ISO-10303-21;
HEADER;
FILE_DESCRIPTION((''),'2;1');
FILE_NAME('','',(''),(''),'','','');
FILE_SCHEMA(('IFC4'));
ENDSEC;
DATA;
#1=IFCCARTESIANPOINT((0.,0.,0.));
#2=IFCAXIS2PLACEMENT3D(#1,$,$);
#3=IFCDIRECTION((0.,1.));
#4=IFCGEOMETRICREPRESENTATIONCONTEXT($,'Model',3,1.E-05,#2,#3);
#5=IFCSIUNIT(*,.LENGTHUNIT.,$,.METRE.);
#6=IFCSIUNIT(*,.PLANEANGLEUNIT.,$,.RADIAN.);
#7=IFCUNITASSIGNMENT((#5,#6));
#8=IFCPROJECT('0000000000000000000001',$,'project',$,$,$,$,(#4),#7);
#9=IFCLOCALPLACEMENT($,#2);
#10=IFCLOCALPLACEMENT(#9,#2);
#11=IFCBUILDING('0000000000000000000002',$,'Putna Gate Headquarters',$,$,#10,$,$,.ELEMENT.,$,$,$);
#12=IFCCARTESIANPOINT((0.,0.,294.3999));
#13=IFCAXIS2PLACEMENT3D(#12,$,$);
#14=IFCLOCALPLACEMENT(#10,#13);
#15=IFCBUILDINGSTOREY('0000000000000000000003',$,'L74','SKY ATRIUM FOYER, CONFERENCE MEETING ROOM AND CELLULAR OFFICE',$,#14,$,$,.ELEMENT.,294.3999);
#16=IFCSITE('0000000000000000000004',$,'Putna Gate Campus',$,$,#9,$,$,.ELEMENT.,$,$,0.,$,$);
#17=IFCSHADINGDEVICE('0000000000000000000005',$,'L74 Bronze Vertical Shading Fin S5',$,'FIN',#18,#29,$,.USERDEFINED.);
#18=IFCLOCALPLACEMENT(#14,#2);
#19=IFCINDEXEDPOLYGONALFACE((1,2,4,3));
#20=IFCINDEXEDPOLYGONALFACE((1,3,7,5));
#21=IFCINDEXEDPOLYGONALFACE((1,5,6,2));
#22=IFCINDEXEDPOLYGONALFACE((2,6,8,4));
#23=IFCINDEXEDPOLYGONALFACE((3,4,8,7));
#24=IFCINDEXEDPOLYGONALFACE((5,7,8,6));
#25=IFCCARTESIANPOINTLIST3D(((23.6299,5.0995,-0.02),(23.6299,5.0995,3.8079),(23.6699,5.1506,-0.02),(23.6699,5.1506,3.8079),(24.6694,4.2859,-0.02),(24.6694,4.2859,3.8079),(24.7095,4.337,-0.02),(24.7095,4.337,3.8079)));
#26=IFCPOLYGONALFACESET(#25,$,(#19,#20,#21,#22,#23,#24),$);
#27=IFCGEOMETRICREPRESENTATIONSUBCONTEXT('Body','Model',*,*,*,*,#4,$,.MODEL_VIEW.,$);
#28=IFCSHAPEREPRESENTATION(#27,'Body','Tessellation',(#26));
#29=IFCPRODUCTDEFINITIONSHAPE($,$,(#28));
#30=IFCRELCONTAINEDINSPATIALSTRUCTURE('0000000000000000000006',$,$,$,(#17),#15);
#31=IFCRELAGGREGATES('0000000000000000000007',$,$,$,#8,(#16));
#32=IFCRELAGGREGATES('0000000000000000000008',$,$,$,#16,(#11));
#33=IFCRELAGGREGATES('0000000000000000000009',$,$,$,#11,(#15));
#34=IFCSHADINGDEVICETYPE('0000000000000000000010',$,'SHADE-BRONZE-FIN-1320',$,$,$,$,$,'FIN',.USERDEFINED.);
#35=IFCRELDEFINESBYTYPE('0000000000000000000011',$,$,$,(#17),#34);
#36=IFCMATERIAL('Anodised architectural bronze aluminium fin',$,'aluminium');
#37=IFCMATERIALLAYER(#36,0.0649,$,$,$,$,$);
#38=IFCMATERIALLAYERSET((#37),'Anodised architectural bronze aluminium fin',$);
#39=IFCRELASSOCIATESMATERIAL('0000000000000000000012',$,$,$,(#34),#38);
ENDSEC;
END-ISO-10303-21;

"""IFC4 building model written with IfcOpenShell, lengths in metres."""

from ifc_helpers import new_model, si_unit, direction, frame, origin, origin_2d, place, context, subcontext, project, spatial, rectangle, extrude, material, layer, layer_set, type_object, element, save


model = new_model("IFC4")

# Units and contexts
model_context = context("Model", 3, precision=1e-05, world=origin(), true_north=direction((0.0, 1.0)))
body_context = subcontext(model_context, "Body", "Model", "MODEL_VIEW")
ifc_project = project(units=[si_unit("LENGTHUNIT", "METRE"), si_unit("PLANEANGLEUNIT", "RADIAN")], contexts=[model_context])

# Site, building, storey
site_placement = place(None, origin())
site = spatial("IfcSite", under=ifc_project, at=site_placement, Name="Putna Gate Campus", CompositionType="ELEMENT", RefElevation=0.0)
building_placement = place(site_placement, origin())
building = spatial("IfcBuilding", under=site, at=building_placement, Name="Putna Gate Headquarters", CompositionType="ELEMENT")
storey_placement = place(building_placement, frame((0.0, 0.0, 294.3999)))
storey = spatial("IfcBuildingStorey", under=building, at=storey_placement, Name="L74", Description="SKY ATRIUM FOYER, CONFERENCE MEETING ROOM AND CELLULAR OFFICE", CompositionType="ELEMENT", Elevation=294.3999)

# Shading device
ifc_material_1 = material(Name="Anodised architectural bronze aluminium fin", Category="aluminium")
ifc_layer_1 = layer(ifc_material_1, 0.0649)
ifc_layer_set_1 = layer_set([ifc_layer_1], Name="Anodised architectural bronze aluminium fin")
shading_device_type = type_object("IfcShadingDeviceType", Name="SHADE-BRONZE-FIN-1320", ElementType="FIN", PredefinedType="USERDEFINED", material=ifc_layer_set_1)
shading_device_placement = place(storey_placement, frame((24.1697, 4.7183, -0.02), z_axis=(0.0, 0.0, 1.0), x_axis=(0.787473, -0.616349, 0.0)))
element("IfcShadingDevice", 1, at=shading_device_placement, inside=storey, type_object=shading_device_type, Name="L74 Bronze Vertical Shading Fin S5", ObjectType="FIN", PredefinedType="USERDEFINED", context=body_context, shape_type="SweptSolid", body=[
    extrude(rectangle(XDim=1.3201, YDim=0.0649, at=origin_2d()), origin(), (0.0, 0.0, 1.0), 3.8279),
])

save(model, "model.ifc")
